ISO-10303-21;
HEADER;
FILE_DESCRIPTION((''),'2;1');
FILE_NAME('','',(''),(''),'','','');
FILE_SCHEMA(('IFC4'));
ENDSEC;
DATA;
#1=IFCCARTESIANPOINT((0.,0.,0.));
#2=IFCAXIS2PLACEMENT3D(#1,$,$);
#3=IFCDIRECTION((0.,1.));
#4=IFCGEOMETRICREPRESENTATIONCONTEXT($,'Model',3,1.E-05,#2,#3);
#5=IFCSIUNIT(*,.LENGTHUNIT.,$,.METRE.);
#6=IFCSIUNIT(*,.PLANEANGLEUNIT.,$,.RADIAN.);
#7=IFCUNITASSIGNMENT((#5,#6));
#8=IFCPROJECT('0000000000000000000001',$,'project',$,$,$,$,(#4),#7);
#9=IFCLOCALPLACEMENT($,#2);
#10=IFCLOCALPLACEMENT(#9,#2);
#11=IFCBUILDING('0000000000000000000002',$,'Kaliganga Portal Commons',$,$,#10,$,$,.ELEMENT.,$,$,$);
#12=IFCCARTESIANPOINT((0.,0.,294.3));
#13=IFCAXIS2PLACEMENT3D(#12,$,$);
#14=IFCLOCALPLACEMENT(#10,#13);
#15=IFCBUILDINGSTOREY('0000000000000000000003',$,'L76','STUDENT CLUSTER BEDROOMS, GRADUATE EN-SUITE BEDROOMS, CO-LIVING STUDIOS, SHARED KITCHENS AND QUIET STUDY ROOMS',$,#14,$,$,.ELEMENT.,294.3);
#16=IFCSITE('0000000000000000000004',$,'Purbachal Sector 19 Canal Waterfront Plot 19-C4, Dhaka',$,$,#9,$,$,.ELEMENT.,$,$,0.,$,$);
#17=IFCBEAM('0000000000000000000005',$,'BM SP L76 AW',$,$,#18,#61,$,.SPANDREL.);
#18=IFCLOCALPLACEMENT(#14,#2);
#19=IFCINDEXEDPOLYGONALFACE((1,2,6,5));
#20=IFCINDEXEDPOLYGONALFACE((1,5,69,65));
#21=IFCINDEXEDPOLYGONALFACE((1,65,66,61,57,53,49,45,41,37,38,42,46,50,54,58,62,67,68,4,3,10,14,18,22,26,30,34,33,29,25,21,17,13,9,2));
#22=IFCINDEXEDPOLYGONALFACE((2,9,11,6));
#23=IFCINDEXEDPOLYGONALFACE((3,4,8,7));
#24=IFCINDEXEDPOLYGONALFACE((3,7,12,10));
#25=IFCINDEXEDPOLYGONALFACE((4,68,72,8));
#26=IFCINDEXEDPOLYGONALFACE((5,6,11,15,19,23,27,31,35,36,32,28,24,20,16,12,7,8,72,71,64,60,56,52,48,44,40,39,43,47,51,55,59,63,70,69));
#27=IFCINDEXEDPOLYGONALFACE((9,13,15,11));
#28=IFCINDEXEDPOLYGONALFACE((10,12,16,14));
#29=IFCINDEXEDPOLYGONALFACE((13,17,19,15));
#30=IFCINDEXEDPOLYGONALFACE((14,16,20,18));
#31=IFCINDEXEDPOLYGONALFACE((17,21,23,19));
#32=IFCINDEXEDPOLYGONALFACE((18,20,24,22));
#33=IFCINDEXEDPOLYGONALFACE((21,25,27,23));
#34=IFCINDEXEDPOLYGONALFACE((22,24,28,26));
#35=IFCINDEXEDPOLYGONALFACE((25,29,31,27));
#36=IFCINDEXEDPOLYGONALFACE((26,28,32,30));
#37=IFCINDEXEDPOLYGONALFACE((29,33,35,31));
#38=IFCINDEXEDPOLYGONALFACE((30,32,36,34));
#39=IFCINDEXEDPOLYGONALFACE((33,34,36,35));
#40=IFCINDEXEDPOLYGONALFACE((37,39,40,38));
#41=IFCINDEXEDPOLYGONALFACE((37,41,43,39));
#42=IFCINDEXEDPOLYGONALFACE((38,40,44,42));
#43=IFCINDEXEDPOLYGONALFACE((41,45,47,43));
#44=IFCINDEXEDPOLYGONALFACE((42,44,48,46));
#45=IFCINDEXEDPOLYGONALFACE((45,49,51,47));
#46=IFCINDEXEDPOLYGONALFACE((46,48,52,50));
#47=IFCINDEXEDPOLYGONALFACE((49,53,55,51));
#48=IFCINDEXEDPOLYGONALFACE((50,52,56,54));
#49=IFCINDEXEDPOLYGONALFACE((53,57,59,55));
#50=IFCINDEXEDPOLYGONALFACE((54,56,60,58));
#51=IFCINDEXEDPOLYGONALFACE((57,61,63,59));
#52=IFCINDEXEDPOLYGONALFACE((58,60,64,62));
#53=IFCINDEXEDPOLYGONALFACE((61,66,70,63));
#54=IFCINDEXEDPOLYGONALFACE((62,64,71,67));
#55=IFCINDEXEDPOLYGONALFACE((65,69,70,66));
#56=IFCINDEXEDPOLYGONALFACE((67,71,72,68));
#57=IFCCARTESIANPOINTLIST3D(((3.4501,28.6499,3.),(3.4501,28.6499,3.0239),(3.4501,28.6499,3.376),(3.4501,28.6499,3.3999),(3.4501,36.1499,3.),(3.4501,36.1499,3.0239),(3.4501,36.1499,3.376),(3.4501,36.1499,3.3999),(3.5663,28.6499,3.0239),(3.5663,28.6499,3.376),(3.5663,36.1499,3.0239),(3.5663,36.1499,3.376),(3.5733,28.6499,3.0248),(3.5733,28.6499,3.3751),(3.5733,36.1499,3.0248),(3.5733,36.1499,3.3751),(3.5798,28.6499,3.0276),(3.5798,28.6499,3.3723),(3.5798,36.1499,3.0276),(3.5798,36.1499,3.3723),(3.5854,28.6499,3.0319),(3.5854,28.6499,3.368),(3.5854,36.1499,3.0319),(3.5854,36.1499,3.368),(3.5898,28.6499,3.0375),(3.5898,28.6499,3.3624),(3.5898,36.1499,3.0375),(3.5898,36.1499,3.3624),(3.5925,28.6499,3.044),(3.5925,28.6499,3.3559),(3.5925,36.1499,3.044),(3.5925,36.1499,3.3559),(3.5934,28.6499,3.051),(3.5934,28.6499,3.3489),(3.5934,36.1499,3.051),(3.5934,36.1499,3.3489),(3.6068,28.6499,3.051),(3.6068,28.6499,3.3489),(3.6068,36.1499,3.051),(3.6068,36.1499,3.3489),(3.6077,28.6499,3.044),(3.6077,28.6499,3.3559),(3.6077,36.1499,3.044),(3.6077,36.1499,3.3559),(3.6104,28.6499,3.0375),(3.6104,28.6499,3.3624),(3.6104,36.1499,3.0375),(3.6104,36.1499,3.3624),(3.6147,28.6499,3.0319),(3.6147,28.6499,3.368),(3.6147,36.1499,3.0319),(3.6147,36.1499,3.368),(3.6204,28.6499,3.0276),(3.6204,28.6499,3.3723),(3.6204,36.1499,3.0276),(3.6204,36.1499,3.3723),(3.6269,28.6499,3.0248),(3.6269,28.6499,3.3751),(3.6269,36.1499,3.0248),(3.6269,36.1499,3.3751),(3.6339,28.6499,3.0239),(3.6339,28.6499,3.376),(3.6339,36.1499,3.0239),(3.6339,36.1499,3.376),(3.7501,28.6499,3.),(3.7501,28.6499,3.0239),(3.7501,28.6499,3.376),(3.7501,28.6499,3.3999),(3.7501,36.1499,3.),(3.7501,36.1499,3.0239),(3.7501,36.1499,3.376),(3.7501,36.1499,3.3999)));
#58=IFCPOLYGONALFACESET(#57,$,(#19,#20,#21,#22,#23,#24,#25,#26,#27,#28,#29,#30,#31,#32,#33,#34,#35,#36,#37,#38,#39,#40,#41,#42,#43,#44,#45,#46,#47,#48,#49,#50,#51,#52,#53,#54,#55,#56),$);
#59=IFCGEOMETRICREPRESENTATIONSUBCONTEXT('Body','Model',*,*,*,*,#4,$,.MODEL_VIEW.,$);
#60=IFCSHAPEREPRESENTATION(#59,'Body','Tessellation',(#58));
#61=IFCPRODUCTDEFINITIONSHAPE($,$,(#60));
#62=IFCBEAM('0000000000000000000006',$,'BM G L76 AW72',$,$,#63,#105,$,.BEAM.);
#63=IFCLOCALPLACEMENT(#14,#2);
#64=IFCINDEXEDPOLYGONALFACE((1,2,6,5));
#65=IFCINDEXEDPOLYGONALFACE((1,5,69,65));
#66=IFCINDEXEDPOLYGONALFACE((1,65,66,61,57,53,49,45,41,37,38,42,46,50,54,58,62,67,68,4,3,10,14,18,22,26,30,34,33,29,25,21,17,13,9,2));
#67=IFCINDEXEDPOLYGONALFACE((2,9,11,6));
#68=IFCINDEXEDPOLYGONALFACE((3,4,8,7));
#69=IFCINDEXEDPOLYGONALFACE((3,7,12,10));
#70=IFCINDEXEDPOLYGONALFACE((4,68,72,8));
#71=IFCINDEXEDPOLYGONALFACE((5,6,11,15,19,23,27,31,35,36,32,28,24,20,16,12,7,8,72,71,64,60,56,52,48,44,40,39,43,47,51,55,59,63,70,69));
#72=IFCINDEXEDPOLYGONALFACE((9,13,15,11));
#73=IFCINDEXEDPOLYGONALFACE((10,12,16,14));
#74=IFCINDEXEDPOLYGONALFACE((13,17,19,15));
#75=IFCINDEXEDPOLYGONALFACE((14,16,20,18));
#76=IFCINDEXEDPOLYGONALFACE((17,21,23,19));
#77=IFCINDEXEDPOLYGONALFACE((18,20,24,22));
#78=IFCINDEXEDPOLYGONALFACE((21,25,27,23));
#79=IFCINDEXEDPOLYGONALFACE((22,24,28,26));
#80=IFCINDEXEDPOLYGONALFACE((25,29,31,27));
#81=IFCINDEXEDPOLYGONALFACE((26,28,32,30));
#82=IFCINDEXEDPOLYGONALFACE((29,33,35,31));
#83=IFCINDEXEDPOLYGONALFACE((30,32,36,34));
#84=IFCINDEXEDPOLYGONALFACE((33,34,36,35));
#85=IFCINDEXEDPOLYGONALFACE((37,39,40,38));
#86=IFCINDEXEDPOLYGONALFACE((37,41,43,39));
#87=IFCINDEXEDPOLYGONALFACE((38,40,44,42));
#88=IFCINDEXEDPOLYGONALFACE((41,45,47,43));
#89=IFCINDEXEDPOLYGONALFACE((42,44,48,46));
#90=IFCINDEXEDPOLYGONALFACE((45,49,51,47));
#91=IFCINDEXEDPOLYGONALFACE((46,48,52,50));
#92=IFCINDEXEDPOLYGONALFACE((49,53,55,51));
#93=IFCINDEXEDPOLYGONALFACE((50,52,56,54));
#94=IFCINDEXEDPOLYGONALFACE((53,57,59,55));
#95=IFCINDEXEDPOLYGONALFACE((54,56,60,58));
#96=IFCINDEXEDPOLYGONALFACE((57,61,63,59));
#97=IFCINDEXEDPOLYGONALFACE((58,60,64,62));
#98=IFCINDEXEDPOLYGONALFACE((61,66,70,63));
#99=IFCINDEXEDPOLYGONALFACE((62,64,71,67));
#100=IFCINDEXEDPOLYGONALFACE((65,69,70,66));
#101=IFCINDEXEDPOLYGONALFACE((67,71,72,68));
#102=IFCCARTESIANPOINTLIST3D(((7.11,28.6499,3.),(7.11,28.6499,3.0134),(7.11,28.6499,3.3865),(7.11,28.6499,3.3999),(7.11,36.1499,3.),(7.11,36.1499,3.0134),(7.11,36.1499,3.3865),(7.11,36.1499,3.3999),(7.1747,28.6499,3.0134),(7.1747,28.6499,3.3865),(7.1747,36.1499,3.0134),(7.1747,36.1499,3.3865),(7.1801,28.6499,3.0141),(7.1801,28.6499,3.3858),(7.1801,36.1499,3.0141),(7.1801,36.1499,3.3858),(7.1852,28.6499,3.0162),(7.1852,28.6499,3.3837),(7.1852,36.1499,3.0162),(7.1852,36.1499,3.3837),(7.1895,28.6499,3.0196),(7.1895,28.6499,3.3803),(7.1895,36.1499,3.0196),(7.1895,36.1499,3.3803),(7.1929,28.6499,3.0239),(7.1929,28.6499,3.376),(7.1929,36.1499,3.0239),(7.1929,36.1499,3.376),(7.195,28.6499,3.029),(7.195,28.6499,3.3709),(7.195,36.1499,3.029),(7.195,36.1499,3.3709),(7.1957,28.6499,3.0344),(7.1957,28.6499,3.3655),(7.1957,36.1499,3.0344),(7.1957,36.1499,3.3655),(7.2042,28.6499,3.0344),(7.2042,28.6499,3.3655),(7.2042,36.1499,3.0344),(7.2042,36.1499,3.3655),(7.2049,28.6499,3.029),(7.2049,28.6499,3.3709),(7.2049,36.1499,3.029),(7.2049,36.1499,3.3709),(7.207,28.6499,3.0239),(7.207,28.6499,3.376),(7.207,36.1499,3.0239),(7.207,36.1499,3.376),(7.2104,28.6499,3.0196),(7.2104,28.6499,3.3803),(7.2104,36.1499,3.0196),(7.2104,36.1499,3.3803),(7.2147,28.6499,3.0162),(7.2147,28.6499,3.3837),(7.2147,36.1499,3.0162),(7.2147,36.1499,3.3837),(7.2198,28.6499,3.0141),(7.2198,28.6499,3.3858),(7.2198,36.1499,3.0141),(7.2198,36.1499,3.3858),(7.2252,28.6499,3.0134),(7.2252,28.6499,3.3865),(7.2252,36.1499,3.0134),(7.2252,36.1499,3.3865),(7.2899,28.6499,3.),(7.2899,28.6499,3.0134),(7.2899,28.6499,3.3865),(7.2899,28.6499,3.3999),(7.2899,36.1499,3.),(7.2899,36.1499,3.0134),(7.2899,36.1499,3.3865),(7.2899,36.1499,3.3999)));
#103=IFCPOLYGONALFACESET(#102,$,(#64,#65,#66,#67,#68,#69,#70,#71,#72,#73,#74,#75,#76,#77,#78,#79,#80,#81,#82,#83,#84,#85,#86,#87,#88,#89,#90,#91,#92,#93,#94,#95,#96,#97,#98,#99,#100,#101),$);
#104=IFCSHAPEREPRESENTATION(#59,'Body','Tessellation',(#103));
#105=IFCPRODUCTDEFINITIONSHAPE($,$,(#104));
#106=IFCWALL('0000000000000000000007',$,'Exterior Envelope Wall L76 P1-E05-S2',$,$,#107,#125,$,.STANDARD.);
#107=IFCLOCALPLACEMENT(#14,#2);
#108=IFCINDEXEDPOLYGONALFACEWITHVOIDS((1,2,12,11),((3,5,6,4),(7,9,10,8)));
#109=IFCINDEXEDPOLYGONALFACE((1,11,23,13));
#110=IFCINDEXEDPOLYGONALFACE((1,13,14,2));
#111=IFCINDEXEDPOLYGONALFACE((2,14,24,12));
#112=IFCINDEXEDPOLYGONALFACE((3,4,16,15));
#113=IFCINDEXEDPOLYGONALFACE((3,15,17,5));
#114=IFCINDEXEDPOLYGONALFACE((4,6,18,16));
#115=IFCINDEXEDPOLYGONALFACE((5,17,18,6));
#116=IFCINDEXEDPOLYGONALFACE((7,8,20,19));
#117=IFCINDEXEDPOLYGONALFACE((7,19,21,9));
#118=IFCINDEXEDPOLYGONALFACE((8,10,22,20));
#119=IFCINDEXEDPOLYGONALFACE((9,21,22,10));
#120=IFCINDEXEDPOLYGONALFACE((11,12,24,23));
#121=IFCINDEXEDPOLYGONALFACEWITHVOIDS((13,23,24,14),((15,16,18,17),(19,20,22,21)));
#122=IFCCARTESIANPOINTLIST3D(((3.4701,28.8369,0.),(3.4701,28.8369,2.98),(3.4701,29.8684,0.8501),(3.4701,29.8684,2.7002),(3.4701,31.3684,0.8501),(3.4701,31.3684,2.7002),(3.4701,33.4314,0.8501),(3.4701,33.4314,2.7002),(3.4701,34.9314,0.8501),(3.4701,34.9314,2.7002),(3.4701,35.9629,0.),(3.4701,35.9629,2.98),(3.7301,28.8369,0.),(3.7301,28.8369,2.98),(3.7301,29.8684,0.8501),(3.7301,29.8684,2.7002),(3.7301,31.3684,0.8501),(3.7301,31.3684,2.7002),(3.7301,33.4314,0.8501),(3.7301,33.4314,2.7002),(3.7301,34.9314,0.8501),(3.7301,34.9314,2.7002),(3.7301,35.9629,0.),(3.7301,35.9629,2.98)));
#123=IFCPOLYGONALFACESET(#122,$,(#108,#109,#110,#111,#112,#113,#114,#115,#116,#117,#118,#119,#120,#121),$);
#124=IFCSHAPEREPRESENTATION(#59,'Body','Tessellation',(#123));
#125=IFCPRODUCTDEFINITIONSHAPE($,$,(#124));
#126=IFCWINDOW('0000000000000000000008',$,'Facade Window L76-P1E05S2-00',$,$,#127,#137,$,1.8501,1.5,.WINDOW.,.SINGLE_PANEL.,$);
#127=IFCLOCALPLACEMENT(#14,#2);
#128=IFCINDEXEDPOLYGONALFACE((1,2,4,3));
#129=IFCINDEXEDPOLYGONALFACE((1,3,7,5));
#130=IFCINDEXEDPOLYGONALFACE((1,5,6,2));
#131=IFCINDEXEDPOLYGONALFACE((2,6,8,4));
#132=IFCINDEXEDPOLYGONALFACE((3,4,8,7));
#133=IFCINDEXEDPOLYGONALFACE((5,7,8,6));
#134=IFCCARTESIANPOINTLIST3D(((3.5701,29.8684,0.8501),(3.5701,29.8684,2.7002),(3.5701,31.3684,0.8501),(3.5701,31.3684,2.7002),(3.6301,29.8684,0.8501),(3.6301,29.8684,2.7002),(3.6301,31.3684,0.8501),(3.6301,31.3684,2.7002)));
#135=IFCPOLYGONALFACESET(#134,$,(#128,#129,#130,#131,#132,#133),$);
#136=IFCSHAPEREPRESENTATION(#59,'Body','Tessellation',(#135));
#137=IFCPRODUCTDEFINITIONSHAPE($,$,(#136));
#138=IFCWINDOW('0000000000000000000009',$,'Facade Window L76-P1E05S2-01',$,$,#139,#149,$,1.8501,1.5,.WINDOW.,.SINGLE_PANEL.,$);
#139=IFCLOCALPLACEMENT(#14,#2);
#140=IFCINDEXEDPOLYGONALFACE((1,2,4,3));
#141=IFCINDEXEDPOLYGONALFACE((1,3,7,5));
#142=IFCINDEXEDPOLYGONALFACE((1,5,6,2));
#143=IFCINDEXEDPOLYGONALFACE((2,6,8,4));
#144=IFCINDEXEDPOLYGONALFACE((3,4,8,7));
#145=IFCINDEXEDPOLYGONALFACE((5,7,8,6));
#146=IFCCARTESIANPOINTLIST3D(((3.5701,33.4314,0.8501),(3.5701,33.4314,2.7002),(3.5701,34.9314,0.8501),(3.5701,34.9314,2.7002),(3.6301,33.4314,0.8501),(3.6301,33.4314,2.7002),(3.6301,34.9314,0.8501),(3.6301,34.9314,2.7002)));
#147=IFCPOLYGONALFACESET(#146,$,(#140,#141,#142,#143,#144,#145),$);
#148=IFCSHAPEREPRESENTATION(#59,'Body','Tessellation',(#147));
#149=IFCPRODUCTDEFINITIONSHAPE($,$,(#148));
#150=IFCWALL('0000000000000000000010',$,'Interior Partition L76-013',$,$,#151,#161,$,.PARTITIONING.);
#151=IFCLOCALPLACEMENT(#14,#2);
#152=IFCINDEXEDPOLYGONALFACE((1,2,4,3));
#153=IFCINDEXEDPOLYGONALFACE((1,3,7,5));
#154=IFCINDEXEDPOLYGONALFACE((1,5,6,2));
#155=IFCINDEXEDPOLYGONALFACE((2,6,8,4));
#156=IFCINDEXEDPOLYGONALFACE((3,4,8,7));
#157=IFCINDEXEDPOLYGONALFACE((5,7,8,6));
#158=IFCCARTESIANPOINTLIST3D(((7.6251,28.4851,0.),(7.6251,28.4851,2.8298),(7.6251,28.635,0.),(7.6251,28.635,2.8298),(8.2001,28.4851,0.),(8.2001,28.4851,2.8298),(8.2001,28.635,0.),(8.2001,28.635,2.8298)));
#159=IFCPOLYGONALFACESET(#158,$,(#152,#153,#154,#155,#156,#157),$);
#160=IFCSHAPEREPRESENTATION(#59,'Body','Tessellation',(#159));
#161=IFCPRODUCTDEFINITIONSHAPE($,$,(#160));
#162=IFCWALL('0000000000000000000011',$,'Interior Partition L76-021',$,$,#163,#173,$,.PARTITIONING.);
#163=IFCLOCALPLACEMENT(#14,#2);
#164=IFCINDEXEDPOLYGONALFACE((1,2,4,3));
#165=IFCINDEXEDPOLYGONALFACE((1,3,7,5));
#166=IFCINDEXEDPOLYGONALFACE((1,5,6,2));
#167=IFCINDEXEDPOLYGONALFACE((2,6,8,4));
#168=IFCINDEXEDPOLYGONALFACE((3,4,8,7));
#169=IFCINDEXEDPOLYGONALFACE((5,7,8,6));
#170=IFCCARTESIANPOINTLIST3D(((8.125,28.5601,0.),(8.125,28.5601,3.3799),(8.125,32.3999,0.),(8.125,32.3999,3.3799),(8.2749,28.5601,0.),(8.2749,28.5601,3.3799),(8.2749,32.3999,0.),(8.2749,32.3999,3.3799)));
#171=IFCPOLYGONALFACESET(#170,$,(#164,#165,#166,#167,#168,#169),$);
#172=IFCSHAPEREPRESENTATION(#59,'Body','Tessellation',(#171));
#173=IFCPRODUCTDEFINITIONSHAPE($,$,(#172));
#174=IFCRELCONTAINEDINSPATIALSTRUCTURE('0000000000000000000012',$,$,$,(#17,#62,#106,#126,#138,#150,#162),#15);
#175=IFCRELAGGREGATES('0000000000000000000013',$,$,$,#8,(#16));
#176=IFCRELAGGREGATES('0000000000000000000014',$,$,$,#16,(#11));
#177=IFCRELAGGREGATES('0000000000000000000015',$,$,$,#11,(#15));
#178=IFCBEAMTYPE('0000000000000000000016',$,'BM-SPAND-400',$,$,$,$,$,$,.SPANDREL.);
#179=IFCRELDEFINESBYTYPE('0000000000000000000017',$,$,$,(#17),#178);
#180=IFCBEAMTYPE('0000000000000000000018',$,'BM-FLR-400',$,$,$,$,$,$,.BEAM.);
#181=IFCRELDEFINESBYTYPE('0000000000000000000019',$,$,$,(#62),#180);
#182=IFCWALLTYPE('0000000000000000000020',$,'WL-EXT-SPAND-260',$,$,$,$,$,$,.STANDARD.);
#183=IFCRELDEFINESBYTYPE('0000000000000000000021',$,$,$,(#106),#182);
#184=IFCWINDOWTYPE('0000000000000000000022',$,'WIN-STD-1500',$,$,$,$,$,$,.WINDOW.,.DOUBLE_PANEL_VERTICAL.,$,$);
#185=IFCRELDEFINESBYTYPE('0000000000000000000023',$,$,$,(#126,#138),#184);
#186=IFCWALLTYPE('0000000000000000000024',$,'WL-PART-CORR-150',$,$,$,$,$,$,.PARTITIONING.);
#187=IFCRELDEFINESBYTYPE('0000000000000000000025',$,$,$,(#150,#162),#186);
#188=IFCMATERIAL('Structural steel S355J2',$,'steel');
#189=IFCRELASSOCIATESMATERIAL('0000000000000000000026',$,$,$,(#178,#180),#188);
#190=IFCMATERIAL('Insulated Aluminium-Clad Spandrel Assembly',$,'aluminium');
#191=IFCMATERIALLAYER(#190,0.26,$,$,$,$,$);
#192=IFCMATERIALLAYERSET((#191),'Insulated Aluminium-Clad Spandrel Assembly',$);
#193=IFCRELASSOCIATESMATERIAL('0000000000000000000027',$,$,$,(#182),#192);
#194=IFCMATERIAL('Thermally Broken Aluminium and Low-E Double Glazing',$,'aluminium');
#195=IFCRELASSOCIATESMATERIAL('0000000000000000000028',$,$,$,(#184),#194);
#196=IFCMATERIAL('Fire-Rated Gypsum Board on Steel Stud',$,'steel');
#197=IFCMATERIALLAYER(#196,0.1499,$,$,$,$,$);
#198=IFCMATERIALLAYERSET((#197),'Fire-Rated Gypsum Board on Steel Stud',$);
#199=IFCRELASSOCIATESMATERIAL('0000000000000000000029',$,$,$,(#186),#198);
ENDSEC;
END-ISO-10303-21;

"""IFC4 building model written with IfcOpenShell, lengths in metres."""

from ifc_helpers import new_model, si_unit, direction, frame, frame_2d, origin, origin_2d, place, context, subcontext, project, spatial, rectangle, i_section, extrude, source, transform, mapped, material, layer, layer_set, material_profile, profile_set, type_object, element, fill, save


model = new_model("IFC4")

# Units and contexts
model_context = context("Model", 3, precision=1e-05, world=origin(), true_north=direction((0.0, 1.0)))
body_context = subcontext(model_context, "Body", "Model", "MODEL_VIEW")
ifc_project = project(units=[si_unit("LENGTHUNIT", "METRE"), si_unit("PLANEANGLEUNIT", "RADIAN")], contexts=[model_context])

# Site, building, storey
site_placement = place(None, origin())
site = spatial("IfcSite", under=ifc_project, at=site_placement, Name="Purbachal Sector 19 Canal Waterfront Plot 19-C4, Dhaka", CompositionType="ELEMENT", RefElevation=0.0)
building_placement = place(site_placement, origin())
building = spatial("IfcBuilding", under=site, at=building_placement, Name="Kaliganga Portal Commons", CompositionType="ELEMENT")
storey_placement = place(building_placement, frame((0.0, 0.0, 294.3)))
storey = spatial("IfcBuildingStorey", under=building, at=storey_placement, Name="L76", Description="STUDENT CLUSTER BEDROOMS, GRADUATE EN-SUITE BEDROOMS, CO-LIVING STUDIOS, SHARED KITCHENS AND QUIET STUDY ROOMS", CompositionType="ELEMENT", Elevation=294.3)

# Shared definitions
ifc_material_1 = material(Name="Structural steel S355J2", Category="steel")

# Beams
ifc_material_profile_1 = material_profile(ifc_material_1, i_section(OverallWidth=0.3, OverallDepth=0.3999, WebThickness=0.0134, FlangeThickness=0.0239, FilletRadius=0.0271, at=origin_2d()), Name="HE 400 B")
ifc_profile_set_1 = profile_set([ifc_material_profile_1], Name="Structural steel S355J2 wide-flange")
beam_type_1 = type_object("IfcBeamType", Name="BM-SPAND-400", PredefinedType="SPANDREL", material=ifc_profile_set_1)
shared_shape_1 = source(origin(), body_context, "Body", "SweptSolid", [
    extrude(i_section(OverallWidth=0.3, OverallDepth=0.3999, WebThickness=0.0134, FlangeThickness=0.0239, FilletRadius=0.0271, at=origin_2d()), origin(), (0.0, 0.0, 1.0), 7.5),
])
beam_1_placement = place(storey_placement, frame((3.6001, 28.6499, 3.2), z_axis=(0.0, 1.0, 0.0), x_axis=(-1.0, 0.0, 0.0)))
element("IfcBeam", 1, at=beam_1_placement, inside=storey, type_object=beam_type_1, Name="BM SP L76 AW", PredefinedType="SPANDREL", context=body_context, shape_type="MappedRepresentation", body=[
    mapped(shared_shape_1, transform((0.0, 0.0, 0.0), x_axis=(1.0, 0.0, 0.0), y_axis=(0.0, 1.0, 0.0), z_axis=(0.0, 0.0, 1.0), scale=1.0)),
])
ifc_material_profile_2 = material_profile(ifc_material_1, i_section(OverallWidth=0.1799, OverallDepth=0.3999, WebThickness=0.0085, FlangeThickness=0.0134, FilletRadius=0.021, at=origin_2d()), Name="IPE 400")
ifc_profile_set_2 = profile_set([ifc_material_profile_2], Name="Structural steel S355J2 wide-flange")
beam_type_2 = type_object("IfcBeamType", Name="BM-FLR-400", PredefinedType="BEAM", material=ifc_profile_set_2)
shared_shape_2 = source(origin(), body_context, "Body", "SweptSolid", [
    extrude(i_section(OverallWidth=0.1799, OverallDepth=0.3999, WebThickness=0.0085, FlangeThickness=0.0134, FilletRadius=0.021, at=origin_2d()), origin(), (0.0, 0.0, 1.0), 7.5),
])
beam_2_placement = place(storey_placement, frame((7.2, 28.6499, 3.2), z_axis=(0.0, 1.0, 0.0), x_axis=(-1.0, 0.0, 0.0)))
element("IfcBeam", 2, at=beam_2_placement, inside=storey, type_object=beam_type_2, Name="BM G L76 AW72", PredefinedType="BEAM", context=body_context, shape_type="MappedRepresentation", body=[
    mapped(shared_shape_2, transform((0.0, 0.0, 0.0), x_axis=(1.0, 0.0, 0.0), y_axis=(0.0, 1.0, 0.0), z_axis=(0.0, 0.0, 1.0), scale=1.0)),
])

# Wall, openings, windows
ifc_material_2 = material(Name="Insulated Aluminium-Clad Spandrel Assembly", Category="aluminium")
ifc_layer_1 = layer(ifc_material_2, 0.26)
ifc_layer_set_1 = layer_set([ifc_layer_1], Name="Insulated Aluminium-Clad Spandrel Assembly")
wall_type_1 = type_object("IfcWallType", Name="WL-EXT-SPAND-260", PredefinedType="STANDARD", material=ifc_layer_set_1)
wall_1_placement = place(storey_placement, frame((3.6001, 28.8369, 0.0), z_axis=(0.0, 0.0, 1.0), x_axis=(0.0, 1.0, 0.0)))
wall_1 = element("IfcWall", 3, at=wall_1_placement, inside=storey, type_object=wall_type_1, Name="Exterior Envelope Wall L76 P1-E05-S2", PredefinedType="STANDARD", context=body_context, shape_type="SweptSolid", body=[
    extrude(rectangle(XDim=7.126, YDim=0.26, at=frame_2d((3.563, 0.0))), origin(), (0.0, 0.0, 1.0), 2.98),
])
opening_1_placement = place(wall_1_placement, frame((1.0315, 0.0, 0.8501)))
opening_1 = element("IfcOpeningElement", 4, at=opening_1_placement, cuts=wall_1, PredefinedType="OPENING", context=body_context, shape_type="SweptSolid", body=[
    extrude(rectangle(XDim=1.5, YDim=1.8501, at=frame_2d((0.75, 0.925))), frame((0.0, 0.1401, 0.0), z_axis=(0.0, -1.0, 0.0), x_axis=(1.0, 0.0, 0.0)), (0.0, 0.0, 1.0), 0.28),
])
opening_2_placement = place(wall_1_placement, frame((4.5945, 0.0, 0.8501)))
opening_2 = element("IfcOpeningElement", 5, at=opening_2_placement, cuts=wall_1, PredefinedType="OPENING", context=body_context, shape_type="SweptSolid", body=[
    extrude(rectangle(XDim=1.5, YDim=1.8501, at=frame_2d((0.75, 0.925))), frame((0.0, 0.1401, 0.0), z_axis=(0.0, -1.0, 0.0), x_axis=(1.0, 0.0, 0.0)), (0.0, 0.0, 1.0), 0.28),
])
ifc_material_3 = material(Name="Thermally Broken Aluminium and Low-E Double Glazing", Category="aluminium")
window_type = type_object("IfcWindowType", Name="WIN-STD-1500", PartitioningType="DOUBLE_PANEL_VERTICAL", PredefinedType="WINDOW", material=ifc_material_3)
window_1_placement = place(opening_1_placement, origin())
window_1 = element("IfcWindow", 6, at=window_1_placement, inside=storey, type_object=window_type, Name="Facade Window L76-P1E05S2-00", OverallHeight=1.8501, OverallWidth=1.5, PartitioningType="SINGLE_PANEL", PredefinedType="WINDOW", context=body_context, shape_type="SweptSolid", body=[
    extrude(rectangle(XDim=1.5, YDim=1.8501, at=frame_2d((0.75, 0.925))), frame((0.0, 0.03, 0.0), z_axis=(0.0, -1.0, 0.0), x_axis=(1.0, 0.0, 0.0)), (0.0, 0.0, 1.0), 0.0601),
])
fill(opening_1, window_1)
window_2_placement = place(opening_2_placement, origin())
window_2 = element("IfcWindow", 7, at=window_2_placement, inside=storey, type_object=window_type, Name="Facade Window L76-P1E05S2-01", OverallHeight=1.8501, OverallWidth=1.5, PartitioningType="SINGLE_PANEL", PredefinedType="WINDOW", context=body_context, shape_type="SweptSolid", body=[
    extrude(rectangle(XDim=1.5, YDim=1.8501, at=frame_2d((0.75, 0.925))), frame((0.0, 0.03, 0.0), z_axis=(0.0, -1.0, 0.0), x_axis=(1.0, 0.0, 0.0)), (0.0, 0.0, 1.0), 0.0601),
])
fill(opening_2, window_2)

# Shared definitions
ifc_material_4 = material(Name="Fire-Rated Gypsum Board on Steel Stud", Category="steel")
ifc_layer_2 = layer(ifc_material_4, 0.1499)
ifc_layer_set_2 = layer_set([ifc_layer_2], Name="Fire-Rated Gypsum Board on Steel Stud")
wall_type_2 = type_object("IfcWallType", Name="WL-PART-CORR-150", PredefinedType="PARTITIONING", material=ifc_layer_set_2)

# Walls
wall_2_placement = place(storey_placement, frame((7.625, 28.5601, 0.0), z_axis=(0.0, 0.0, 1.0), x_axis=(1.0, 0.0, 0.0)))
element("IfcWall", 8, at=wall_2_placement, inside=storey, type_object=wall_type_2, Name="Interior Partition L76-013", PredefinedType="PARTITIONING", context=body_context, shape_type="SweptSolid", body=[
    extrude(rectangle(XDim=0.575, YDim=0.1499, at=frame_2d((0.2876, 0.0))), origin(), (0.0, 0.0, 1.0), 2.8298),
])
wall_3_placement = place(storey_placement, frame((8.2, 28.5601, 0.0), z_axis=(0.0, 0.0, 1.0), x_axis=(0.0, 1.0, 0.0)))
element("IfcWall", 9, at=wall_3_placement, inside=storey, type_object=wall_type_2, Name="Interior Partition L76-021", PredefinedType="PARTITIONING", context=body_context, shape_type="SweptSolid", body=[
    extrude(rectangle(XDim=3.8398, YDim=0.1499, at=frame_2d((1.9199, 0.0))), origin(), (0.0, 0.0, 1.0), 3.3799),
])

save(model, "model.ifc")
